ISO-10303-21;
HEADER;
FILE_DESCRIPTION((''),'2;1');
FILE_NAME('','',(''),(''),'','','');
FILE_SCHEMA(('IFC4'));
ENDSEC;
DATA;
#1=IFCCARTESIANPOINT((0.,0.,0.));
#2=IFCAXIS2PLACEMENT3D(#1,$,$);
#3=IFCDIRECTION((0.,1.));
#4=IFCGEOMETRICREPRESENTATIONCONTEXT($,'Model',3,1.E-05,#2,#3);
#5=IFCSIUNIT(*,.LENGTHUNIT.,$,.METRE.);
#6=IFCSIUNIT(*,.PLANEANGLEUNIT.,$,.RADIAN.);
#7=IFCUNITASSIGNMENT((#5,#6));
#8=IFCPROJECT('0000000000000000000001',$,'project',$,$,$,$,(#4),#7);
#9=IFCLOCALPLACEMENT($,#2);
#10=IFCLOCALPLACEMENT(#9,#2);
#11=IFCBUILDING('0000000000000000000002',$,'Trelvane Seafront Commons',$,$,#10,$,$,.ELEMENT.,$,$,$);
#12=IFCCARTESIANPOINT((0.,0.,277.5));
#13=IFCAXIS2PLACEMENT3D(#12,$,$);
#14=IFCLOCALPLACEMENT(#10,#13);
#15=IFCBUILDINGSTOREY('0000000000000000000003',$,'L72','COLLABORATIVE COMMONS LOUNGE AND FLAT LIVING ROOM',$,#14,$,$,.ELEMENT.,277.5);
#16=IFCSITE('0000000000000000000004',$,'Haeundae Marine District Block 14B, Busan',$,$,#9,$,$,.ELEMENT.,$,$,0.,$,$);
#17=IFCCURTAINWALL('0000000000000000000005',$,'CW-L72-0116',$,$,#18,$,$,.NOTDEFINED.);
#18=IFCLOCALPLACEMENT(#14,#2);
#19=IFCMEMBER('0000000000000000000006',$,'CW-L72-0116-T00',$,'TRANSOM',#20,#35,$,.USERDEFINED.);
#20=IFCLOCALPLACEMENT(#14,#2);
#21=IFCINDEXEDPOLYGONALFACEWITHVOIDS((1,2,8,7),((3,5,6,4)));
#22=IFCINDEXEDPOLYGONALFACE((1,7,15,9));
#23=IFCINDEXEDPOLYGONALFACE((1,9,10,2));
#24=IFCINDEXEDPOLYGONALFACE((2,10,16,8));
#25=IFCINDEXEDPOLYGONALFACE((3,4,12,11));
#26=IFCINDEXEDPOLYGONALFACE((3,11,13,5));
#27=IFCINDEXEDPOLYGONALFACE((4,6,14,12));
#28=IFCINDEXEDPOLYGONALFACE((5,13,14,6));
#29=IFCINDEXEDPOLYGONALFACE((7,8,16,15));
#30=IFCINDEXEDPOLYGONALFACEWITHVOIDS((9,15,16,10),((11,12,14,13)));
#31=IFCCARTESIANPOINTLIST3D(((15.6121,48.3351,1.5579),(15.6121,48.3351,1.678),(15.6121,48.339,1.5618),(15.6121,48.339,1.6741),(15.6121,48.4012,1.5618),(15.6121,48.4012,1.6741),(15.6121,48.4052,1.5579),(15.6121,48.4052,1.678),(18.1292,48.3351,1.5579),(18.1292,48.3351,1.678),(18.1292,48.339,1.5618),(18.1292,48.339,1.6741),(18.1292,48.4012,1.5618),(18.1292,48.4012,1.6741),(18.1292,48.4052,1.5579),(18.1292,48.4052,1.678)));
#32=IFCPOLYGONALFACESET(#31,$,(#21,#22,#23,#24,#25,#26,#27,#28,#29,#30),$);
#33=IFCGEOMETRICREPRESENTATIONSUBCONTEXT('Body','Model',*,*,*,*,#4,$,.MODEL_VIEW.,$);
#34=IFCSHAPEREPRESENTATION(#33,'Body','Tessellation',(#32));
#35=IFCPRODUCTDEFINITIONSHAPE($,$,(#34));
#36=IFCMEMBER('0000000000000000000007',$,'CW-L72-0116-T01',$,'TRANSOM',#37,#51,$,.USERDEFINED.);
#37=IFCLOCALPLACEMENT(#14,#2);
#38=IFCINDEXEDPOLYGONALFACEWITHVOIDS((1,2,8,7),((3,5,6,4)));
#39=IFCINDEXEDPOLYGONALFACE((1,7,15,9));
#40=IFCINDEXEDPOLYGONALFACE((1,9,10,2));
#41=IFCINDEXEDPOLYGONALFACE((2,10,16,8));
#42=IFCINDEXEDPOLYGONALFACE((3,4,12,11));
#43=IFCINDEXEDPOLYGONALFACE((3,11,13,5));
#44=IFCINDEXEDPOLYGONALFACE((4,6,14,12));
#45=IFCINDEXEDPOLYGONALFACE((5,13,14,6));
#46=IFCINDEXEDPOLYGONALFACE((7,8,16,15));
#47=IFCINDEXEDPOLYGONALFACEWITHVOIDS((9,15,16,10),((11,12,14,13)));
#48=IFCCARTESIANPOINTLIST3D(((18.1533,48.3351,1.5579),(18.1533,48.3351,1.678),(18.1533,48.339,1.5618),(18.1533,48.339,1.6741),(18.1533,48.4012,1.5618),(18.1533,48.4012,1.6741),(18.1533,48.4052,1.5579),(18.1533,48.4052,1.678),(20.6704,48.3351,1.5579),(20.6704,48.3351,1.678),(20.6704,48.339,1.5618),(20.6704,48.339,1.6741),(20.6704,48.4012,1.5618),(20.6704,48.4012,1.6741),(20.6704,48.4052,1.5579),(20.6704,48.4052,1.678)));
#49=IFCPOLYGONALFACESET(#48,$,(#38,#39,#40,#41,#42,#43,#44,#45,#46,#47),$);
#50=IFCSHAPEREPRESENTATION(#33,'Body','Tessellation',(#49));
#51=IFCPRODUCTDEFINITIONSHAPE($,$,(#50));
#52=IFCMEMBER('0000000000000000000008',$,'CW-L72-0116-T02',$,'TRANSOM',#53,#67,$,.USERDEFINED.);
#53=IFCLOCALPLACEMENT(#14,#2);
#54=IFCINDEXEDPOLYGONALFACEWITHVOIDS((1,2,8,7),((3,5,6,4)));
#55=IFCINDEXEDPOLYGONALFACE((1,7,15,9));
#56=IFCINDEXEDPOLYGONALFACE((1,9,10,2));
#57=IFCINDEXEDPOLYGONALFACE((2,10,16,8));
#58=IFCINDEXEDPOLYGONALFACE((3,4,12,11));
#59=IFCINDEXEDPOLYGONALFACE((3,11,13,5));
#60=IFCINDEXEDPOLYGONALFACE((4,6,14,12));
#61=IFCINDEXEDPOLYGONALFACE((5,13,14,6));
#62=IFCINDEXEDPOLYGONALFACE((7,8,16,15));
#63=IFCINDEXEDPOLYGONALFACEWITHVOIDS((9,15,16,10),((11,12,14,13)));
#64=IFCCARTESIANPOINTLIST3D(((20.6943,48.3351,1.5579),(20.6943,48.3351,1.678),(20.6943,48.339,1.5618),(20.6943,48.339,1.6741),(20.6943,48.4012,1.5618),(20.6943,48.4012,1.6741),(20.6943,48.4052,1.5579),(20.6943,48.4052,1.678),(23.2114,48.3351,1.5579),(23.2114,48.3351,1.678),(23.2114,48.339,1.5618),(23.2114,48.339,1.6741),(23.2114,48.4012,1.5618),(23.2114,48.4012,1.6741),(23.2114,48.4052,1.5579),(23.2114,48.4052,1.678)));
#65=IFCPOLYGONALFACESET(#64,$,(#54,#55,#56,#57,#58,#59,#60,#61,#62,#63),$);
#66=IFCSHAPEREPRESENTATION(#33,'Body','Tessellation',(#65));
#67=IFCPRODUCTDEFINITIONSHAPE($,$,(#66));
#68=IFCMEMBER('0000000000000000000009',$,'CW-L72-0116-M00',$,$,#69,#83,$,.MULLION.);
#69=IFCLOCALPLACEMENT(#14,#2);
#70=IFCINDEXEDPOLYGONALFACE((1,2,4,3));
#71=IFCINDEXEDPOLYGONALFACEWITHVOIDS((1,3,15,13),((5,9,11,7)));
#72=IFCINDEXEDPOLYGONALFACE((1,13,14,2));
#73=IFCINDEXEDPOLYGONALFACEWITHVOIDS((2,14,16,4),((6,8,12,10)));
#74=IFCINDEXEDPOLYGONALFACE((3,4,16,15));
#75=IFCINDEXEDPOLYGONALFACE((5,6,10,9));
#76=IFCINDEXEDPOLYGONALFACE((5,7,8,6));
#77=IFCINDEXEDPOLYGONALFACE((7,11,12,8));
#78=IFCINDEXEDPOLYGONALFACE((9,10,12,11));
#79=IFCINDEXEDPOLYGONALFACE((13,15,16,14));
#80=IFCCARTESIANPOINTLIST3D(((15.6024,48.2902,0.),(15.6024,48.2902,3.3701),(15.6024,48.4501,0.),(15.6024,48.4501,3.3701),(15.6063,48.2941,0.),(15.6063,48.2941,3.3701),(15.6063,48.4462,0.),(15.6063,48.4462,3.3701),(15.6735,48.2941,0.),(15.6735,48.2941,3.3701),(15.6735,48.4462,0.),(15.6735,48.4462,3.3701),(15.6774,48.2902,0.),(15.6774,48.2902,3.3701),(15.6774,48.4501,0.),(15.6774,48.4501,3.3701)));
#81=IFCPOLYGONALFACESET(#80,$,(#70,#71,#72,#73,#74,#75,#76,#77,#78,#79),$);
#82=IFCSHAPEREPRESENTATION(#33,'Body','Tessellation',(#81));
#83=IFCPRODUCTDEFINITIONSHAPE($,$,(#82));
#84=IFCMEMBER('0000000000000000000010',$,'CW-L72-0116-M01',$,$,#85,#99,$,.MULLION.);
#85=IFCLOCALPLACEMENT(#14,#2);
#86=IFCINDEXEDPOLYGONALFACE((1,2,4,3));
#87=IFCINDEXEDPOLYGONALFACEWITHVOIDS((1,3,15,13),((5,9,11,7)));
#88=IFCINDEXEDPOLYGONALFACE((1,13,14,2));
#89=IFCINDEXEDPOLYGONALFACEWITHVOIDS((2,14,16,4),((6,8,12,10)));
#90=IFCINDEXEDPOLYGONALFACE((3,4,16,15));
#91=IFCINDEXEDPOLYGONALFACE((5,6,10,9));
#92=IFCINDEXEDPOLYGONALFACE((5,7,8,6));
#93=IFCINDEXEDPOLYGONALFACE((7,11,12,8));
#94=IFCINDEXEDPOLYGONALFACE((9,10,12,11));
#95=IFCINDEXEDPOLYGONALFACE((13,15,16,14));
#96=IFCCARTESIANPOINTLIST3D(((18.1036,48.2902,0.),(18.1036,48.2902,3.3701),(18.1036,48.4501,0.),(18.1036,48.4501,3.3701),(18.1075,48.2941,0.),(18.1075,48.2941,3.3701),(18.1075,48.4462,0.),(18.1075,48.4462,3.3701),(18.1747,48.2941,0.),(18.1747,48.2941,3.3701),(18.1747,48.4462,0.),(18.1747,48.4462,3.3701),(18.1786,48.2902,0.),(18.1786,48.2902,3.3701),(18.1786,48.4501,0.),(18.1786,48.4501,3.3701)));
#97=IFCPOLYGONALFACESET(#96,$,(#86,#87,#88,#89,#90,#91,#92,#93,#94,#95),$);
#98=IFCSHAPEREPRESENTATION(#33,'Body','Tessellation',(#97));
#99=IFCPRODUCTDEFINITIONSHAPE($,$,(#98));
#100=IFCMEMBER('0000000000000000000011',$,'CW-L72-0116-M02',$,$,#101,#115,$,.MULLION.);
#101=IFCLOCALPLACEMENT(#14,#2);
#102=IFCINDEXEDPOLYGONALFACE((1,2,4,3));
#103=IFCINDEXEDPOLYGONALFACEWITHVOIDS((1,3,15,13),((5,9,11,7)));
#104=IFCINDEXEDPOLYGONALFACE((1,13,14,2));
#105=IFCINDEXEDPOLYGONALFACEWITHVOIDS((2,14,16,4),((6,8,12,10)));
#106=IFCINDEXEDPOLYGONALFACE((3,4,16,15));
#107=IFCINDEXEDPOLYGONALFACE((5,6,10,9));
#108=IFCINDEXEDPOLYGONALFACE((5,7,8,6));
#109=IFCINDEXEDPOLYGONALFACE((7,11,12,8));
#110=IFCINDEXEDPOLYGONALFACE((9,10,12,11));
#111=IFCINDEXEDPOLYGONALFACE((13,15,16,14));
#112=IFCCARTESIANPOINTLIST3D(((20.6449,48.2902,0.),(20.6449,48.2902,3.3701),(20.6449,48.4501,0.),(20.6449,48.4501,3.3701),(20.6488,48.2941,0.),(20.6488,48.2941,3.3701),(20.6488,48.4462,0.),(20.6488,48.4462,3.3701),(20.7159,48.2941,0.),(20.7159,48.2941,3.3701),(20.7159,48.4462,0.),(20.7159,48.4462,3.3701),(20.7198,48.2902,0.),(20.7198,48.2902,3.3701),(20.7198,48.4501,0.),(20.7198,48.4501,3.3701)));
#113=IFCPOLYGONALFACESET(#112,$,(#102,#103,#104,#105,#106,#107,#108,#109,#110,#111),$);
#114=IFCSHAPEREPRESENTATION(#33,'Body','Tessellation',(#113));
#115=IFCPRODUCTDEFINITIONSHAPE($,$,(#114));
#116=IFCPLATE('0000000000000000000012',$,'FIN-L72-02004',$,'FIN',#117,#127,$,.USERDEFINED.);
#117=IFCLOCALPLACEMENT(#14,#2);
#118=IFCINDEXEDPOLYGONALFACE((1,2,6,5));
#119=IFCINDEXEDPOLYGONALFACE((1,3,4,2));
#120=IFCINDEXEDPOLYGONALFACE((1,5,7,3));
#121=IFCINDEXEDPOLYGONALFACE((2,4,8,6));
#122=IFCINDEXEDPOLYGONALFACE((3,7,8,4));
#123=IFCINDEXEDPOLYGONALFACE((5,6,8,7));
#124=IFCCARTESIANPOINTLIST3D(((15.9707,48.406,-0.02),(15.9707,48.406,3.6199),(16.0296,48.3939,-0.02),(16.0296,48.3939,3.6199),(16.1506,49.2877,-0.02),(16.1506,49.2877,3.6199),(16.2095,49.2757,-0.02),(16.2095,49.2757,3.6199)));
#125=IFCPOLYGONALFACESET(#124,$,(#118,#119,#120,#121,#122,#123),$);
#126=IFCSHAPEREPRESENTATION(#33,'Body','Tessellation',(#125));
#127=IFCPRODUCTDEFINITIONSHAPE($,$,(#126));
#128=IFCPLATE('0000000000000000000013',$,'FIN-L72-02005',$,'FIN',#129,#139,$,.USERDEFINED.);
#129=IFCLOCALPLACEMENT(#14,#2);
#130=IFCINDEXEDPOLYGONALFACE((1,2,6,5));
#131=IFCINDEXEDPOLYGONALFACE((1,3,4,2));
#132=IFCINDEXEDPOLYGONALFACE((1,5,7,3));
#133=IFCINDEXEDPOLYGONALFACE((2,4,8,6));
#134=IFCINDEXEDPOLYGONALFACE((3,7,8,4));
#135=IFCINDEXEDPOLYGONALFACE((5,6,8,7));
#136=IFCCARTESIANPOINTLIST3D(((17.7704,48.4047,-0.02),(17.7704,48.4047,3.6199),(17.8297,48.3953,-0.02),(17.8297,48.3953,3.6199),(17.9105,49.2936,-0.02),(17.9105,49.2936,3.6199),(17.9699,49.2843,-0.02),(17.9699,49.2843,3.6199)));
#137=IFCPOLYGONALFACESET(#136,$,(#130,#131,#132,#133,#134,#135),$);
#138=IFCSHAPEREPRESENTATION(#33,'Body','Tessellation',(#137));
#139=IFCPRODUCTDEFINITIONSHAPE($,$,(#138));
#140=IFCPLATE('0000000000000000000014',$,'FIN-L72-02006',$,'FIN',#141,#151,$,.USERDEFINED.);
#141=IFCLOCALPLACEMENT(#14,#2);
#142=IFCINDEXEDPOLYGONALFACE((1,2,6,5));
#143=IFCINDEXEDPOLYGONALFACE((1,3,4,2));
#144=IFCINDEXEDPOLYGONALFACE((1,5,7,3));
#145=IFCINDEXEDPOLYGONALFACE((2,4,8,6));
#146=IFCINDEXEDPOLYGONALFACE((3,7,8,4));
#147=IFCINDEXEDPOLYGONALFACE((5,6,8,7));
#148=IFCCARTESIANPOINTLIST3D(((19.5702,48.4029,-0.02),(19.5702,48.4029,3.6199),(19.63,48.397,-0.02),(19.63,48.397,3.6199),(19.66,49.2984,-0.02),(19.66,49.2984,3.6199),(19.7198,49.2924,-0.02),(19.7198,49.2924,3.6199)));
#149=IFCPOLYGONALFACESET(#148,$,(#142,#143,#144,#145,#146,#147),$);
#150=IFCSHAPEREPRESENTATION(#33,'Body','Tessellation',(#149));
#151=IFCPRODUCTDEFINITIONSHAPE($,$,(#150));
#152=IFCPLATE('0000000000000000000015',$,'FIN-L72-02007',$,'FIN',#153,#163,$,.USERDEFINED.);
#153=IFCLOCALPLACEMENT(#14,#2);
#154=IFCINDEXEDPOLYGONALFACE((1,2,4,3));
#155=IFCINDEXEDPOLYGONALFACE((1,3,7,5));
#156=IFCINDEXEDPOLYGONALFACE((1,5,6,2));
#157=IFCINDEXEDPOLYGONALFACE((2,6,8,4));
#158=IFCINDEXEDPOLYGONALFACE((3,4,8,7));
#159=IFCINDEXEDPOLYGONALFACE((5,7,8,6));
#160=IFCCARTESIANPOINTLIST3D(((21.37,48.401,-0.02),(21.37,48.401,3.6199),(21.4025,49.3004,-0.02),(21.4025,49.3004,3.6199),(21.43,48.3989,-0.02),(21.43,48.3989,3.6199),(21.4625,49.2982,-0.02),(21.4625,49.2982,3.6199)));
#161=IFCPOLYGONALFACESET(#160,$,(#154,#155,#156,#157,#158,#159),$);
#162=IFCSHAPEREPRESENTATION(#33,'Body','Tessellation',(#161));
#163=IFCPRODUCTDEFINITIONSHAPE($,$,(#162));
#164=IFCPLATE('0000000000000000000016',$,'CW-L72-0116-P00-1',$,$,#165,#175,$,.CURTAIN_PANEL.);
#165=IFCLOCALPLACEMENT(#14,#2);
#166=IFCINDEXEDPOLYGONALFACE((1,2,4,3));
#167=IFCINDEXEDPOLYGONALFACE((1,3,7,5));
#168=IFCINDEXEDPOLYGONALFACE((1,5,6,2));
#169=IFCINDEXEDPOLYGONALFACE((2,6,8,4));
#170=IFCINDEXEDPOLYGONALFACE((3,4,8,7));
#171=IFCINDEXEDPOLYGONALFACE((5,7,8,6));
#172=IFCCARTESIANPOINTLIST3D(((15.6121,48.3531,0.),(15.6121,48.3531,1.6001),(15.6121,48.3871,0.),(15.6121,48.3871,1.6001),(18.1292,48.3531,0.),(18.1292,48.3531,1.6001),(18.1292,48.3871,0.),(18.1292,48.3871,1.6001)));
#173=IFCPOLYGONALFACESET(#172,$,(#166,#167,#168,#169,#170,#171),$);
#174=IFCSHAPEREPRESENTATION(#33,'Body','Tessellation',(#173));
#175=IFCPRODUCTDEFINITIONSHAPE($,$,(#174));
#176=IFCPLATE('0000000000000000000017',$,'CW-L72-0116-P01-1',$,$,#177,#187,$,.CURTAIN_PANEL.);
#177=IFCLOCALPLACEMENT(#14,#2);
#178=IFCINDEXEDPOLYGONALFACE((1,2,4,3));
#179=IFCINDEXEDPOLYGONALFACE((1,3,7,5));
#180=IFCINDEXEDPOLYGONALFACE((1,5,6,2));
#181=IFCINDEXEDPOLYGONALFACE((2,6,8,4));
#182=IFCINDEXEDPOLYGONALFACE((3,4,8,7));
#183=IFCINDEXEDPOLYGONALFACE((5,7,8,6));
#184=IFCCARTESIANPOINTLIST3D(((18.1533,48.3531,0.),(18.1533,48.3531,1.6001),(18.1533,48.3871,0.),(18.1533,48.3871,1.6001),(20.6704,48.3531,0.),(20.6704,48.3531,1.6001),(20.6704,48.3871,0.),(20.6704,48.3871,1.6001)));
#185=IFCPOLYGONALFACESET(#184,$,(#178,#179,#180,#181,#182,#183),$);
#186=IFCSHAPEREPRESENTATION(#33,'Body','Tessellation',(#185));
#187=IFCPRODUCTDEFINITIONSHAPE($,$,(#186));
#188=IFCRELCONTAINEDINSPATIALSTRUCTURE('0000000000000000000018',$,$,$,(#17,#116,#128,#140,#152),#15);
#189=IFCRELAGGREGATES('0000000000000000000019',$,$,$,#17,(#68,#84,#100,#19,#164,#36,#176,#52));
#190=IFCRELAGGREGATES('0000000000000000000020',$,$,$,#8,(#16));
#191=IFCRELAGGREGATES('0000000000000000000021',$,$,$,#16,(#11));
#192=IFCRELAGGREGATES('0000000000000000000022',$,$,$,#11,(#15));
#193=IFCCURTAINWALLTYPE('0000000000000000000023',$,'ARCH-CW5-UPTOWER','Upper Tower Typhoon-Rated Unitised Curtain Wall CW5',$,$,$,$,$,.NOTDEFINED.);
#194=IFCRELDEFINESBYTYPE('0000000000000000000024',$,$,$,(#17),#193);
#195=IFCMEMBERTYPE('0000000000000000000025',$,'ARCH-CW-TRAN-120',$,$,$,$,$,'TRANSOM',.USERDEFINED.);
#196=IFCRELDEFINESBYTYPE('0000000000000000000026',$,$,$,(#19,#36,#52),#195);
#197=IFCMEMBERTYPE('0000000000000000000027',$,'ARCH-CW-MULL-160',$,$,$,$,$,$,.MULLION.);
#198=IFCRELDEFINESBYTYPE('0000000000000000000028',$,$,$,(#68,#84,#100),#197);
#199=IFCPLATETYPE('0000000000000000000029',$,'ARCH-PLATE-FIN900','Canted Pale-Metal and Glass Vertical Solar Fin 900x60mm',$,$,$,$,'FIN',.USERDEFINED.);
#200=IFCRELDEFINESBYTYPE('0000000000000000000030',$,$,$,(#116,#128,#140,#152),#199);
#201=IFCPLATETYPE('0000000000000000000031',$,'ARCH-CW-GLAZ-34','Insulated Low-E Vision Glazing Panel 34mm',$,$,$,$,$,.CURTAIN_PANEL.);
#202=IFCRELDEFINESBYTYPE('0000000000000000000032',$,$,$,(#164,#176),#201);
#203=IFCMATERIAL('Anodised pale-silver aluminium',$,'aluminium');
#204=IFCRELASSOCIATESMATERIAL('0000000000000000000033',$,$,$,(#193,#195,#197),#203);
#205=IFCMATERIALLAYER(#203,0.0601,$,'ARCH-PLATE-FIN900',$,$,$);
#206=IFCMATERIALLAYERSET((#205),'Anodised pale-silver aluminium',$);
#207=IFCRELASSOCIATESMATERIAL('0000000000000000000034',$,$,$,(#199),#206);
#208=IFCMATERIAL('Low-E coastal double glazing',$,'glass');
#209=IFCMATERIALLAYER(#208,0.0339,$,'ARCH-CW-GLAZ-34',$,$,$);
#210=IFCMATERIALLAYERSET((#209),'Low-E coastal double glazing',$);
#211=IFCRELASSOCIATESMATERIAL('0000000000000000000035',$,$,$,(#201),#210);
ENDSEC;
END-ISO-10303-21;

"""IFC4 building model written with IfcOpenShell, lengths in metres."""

from ifc_helpers import new_model, si_unit, direction, frame, origin, origin_2d, place, context, subcontext, project, spatial, rectangle, hollow_rectangle, extrude, source, transform, mapped, material, layer, layer_set, material_profile, profile_set, type_object, element, aggregate, save


model = new_model("IFC4")

# Units and contexts
model_context = context("Model", 3, precision=1e-05, world=origin(), true_north=direction((0.0, 1.0)))
body_context = subcontext(model_context, "Body", "Model", "MODEL_VIEW")
ifc_project = project(units=[si_unit("LENGTHUNIT", "METRE"), si_unit("PLANEANGLEUNIT", "RADIAN")], contexts=[model_context])

# Site, building, storey
site_placement = place(None, origin())
site = spatial("IfcSite", under=ifc_project, at=site_placement, Name="Haeundae Marine District Block 14B, Busan", CompositionType="ELEMENT", RefElevation=0.0)
building_placement = place(site_placement, origin())
building = spatial("IfcBuilding", under=site, at=building_placement, Name="Trelvane Seafront Commons", CompositionType="ELEMENT")
storey_placement = place(building_placement, frame((0.0, 0.0, 277.5)))
storey = spatial("IfcBuildingStorey", under=building, at=storey_placement, Name="L72", Description="COLLABORATIVE COMMONS LOUNGE AND FLAT LIVING ROOM", CompositionType="ELEMENT", Elevation=277.5)

# Curtain wall, members
ifc_material_1 = material(Name="Anodised pale-silver aluminium", Category="aluminium")
curtain_wall_type = type_object("IfcCurtainWallType", Name="ARCH-CW5-UPTOWER", Description="Upper Tower Typhoon-Rated Unitised Curtain Wall CW5", PredefinedType="NOTDEFINED", material=ifc_material_1)
curtain_wall_placement = place(storey_placement, origin())
curtain_wall = element("IfcCurtainWall", 1, at=curtain_wall_placement, inside=storey, type_object=curtain_wall_type, Name="CW-L72-0116", PredefinedType="NOTDEFINED")
ifc_material_profile_1 = material_profile(ifc_material_1, hollow_rectangle(XDim=0.0701, YDim=0.1201, WallThickness=0.0039, at=origin_2d()), Name="TRAN-70x120x4")
ifc_profile_set_1 = profile_set([ifc_material_profile_1], Name="Anodised pale-silver aluminium")
member_type_1 = type_object("IfcMemberType", Name="ARCH-CW-TRAN-120", ElementType="TRANSOM", PredefinedType="USERDEFINED", material=ifc_profile_set_1)
shared_shape_1 = source(origin(), body_context, "Body", "SweptSolid", [
    extrude(hollow_rectangle(XDim=0.0701, YDim=0.1201, WallThickness=0.0039, at=origin_2d()), origin(), (0.0, 0.0, 1.0), 2.5171),
])
member_1_placement = place(storey_placement, frame((15.6121, 48.3701, 1.6179), z_axis=(1.0, 0.0, 0.0), x_axis=(0.0, 1.0, 0.0)))
member_1 = element("IfcMember", 2, at=member_1_placement, type_object=member_type_1, Name="CW-L72-0116-T00", ObjectType="TRANSOM", PredefinedType="USERDEFINED", context=body_context, shape_type="MappedRepresentation", body=[
    mapped(shared_shape_1, transform((0.0, 0.0, 0.0), x_axis=(1.0, 0.0, 0.0), y_axis=(0.0, 1.0, 0.0), z_axis=(0.0, 0.0, 1.0), scale=1.0)),
])
member_2_placement = place(storey_placement, frame((18.1533, 48.3701, 1.6179), z_axis=(1.0, 0.0, 0.0), x_axis=(0.0, 1.0, 0.0)))
member_2 = element("IfcMember", 3, at=member_2_placement, type_object=member_type_1, Name="CW-L72-0116-T01", ObjectType="TRANSOM", PredefinedType="USERDEFINED", context=body_context, shape_type="MappedRepresentation", body=[
    mapped(shared_shape_1, transform((0.0, 0.0, 0.0), x_axis=(1.0, 0.0, 0.0), y_axis=(0.0, 1.0, 0.0), z_axis=(0.0, 0.0, 1.0), scale=1.0)),
])
member_3_placement = place(storey_placement, frame((20.6943, 48.3701, 1.6179), z_axis=(1.0, 0.0, 0.0), x_axis=(0.0, 1.0, 0.0)))
member_3 = element("IfcMember", 4, at=member_3_placement, type_object=member_type_1, Name="CW-L72-0116-T02", ObjectType="TRANSOM", PredefinedType="USERDEFINED", context=body_context, shape_type="MappedRepresentation", body=[
    mapped(shared_shape_1, transform((0.0, 0.0, 0.0), x_axis=(1.0, 0.0, 0.0), y_axis=(0.0, 1.0, 0.0), z_axis=(0.0, 0.0, 1.0), scale=1.0)),
])
ifc_material_profile_2 = material_profile(ifc_material_1, hollow_rectangle(XDim=0.075, YDim=0.1599, WallThickness=0.0039, at=origin_2d()), Name="MULL-75x160x4")
ifc_profile_set_2 = profile_set([ifc_material_profile_2], Name="Anodised pale-silver aluminium")
member_type_2 = type_object("IfcMemberType", Name="ARCH-CW-MULL-160", PredefinedType="MULLION", material=ifc_profile_set_2)
shared_shape_2 = source(origin(), body_context, "Body", "SweptSolid", [
    extrude(hollow_rectangle(XDim=0.075, YDim=0.1599, WallThickness=0.0039, at=origin_2d()), origin(), (0.0, 0.0, 1.0), 3.3701),
])
member_4_placement = place(storey_placement, frame((15.6399, 48.3701, 0.0), z_axis=(0.0, 0.0, 1.0), x_axis=(1.0, 0.0, 0.0)))
member_4 = element("IfcMember", 5, at=member_4_placement, type_object=member_type_2, Name="CW-L72-0116-M00", PredefinedType="MULLION", context=body_context, shape_type="MappedRepresentation", body=[
    mapped(shared_shape_2, transform((0.0, 0.0, 0.0), x_axis=(1.0, 0.0, 0.0), y_axis=(0.0, 1.0, 0.0), z_axis=(0.0, 0.0, 1.0), scale=1.0)),
])
member_5_placement = place(storey_placement, frame((18.1411, 48.3701, 0.0), z_axis=(0.0, 0.0, 1.0), x_axis=(1.0, 0.0, 0.0)))
member_5 = element("IfcMember", 6, at=member_5_placement, type_object=member_type_2, Name="CW-L72-0116-M01", PredefinedType="MULLION", context=body_context, shape_type="MappedRepresentation", body=[
    mapped(shared_shape_2, transform((0.0, 0.0, 0.0), x_axis=(1.0, 0.0, 0.0), y_axis=(0.0, 1.0, 0.0), z_axis=(0.0, 0.0, 1.0), scale=1.0)),
])
member_6_placement = place(storey_placement, frame((20.6824, 48.3701, 0.0), z_axis=(0.0, 0.0, 1.0), x_axis=(1.0, 0.0, 0.0)))
member_6 = element("IfcMember", 7, at=member_6_placement, type_object=member_type_2, Name="CW-L72-0116-M02", PredefinedType="MULLION", context=body_context, shape_type="MappedRepresentation", body=[
    mapped(shared_shape_2, transform((0.0, 0.0, 0.0), x_axis=(1.0, 0.0, 0.0), y_axis=(0.0, 1.0, 0.0), z_axis=(0.0, 0.0, 1.0), scale=1.0)),
])

# Plates
ifc_layer_1 = layer(ifc_material_1, 0.0601, Name="ARCH-PLATE-FIN900")
ifc_layer_set_1 = layer_set([ifc_layer_1], Name="Anodised pale-silver aluminium")
plate_type_1 = type_object("IfcPlateType", Name="ARCH-PLATE-FIN900", Description="Canted Pale-Metal and Glass Vertical Solar Fin 900x60mm", ElementType="FIN", PredefinedType="USERDEFINED", material=ifc_layer_set_1)
shared_shape_3 = source(origin(), body_context, "Body", "SweptSolid", [
    extrude(rectangle(XDim=0.8999, YDim=0.0601, at=origin_2d()), origin(), (0.0, 0.0, 1.0), 3.6399),
])
for number, where, z_axis, x_axis, name in (
    (8, (16.0901, 48.8408, -0.02), (0.0, 0.0, 1.0), (0.199896, 0.979817, 0.0), "FIN-L72-02004"),
    (9, (17.8701, 48.8445, -0.02), (0.0, 0.0, 1.0), (0.155779, 0.987792, 0.0), "FIN-L72-02005"),
    (10, (19.645, 48.8477, -0.02), (0.0, 0.0, 1.0), (0.099778, 0.99501, 0.0), "FIN-L72-02006"),
    (11, (21.4163, 48.8496, -0.02), (0.0, 0.0, 1.0), (0.036112, 0.999348, 0.0), "FIN-L72-02007"),
):
    element("IfcPlate", number, at=place(storey_placement, frame(where, z_axis=z_axis, x_axis=x_axis)), inside=storey, type_object=plate_type_1, Name=name, ObjectType="FIN", PredefinedType="USERDEFINED", context=body_context, shape_type="MappedRepresentation", body=[
        mapped(shared_shape_3, transform((0.0, 0.0, 0.0), x_axis=(1.0, 0.0, 0.0), y_axis=(0.0, 1.0, 0.0), z_axis=(0.0, 0.0, 1.0), scale=1.0)),
    ])

# Plates
ifc_material_2 = material(Name="Low-E coastal double glazing", Category="glass")
ifc_layer_2 = layer(ifc_material_2, 0.0339, Name="ARCH-CW-GLAZ-34")
ifc_layer_set_2 = layer_set([ifc_layer_2], Name="Low-E coastal double glazing")
plate_type_2 = type_object("IfcPlateType", Name="ARCH-CW-GLAZ-34", Description="Insulated Low-E Vision Glazing Panel 34mm", PredefinedType="CURTAIN_PANEL", material=ifc_layer_set_2)
shared_shape_4 = source(origin(), body_context, "Body", "SweptSolid", [
    extrude(rectangle(XDim=2.5171, YDim=0.0339, at=origin_2d()), origin(), (0.0, 0.0, 1.0), 1.6001),
])
plate_1_placement = place(storey_placement, frame((16.8706, 48.3701, 0.0), z_axis=(0.0, 0.0, 1.0), x_axis=(1.0, 0.0, 0.0)))
plate_1 = element("IfcPlate", 12, at=plate_1_placement, type_object=plate_type_2, Name="CW-L72-0116-P00-1", PredefinedType="CURTAIN_PANEL", context=body_context, shape_type="MappedRepresentation", body=[
    mapped(shared_shape_4, transform((0.0, 0.0, 0.0), x_axis=(1.0, 0.0, 0.0), y_axis=(0.0, 1.0, 0.0), z_axis=(0.0, 0.0, 1.0), scale=1.0)),
])
plate_2_placement = place(storey_placement, frame((19.4119, 48.3701, 0.0), z_axis=(0.0, 0.0, 1.0), x_axis=(1.0, 0.0, 0.0)))
plate_2 = element("IfcPlate", 13, at=plate_2_placement, type_object=plate_type_2, Name="CW-L72-0116-P01-1", PredefinedType="CURTAIN_PANEL", context=body_context, shape_type="MappedRepresentation", body=[
    mapped(shared_shape_4, transform((0.0, 0.0, 0.0), x_axis=(1.0, 0.0, 0.0), y_axis=(0.0, 1.0, 0.0), z_axis=(0.0, 0.0, 1.0), scale=1.0)),
])
aggregate(curtain_wall, [member_4, member_5, member_6, member_1, plate_1, member_2, plate_2, member_3])

save(model, "model.ifc")
